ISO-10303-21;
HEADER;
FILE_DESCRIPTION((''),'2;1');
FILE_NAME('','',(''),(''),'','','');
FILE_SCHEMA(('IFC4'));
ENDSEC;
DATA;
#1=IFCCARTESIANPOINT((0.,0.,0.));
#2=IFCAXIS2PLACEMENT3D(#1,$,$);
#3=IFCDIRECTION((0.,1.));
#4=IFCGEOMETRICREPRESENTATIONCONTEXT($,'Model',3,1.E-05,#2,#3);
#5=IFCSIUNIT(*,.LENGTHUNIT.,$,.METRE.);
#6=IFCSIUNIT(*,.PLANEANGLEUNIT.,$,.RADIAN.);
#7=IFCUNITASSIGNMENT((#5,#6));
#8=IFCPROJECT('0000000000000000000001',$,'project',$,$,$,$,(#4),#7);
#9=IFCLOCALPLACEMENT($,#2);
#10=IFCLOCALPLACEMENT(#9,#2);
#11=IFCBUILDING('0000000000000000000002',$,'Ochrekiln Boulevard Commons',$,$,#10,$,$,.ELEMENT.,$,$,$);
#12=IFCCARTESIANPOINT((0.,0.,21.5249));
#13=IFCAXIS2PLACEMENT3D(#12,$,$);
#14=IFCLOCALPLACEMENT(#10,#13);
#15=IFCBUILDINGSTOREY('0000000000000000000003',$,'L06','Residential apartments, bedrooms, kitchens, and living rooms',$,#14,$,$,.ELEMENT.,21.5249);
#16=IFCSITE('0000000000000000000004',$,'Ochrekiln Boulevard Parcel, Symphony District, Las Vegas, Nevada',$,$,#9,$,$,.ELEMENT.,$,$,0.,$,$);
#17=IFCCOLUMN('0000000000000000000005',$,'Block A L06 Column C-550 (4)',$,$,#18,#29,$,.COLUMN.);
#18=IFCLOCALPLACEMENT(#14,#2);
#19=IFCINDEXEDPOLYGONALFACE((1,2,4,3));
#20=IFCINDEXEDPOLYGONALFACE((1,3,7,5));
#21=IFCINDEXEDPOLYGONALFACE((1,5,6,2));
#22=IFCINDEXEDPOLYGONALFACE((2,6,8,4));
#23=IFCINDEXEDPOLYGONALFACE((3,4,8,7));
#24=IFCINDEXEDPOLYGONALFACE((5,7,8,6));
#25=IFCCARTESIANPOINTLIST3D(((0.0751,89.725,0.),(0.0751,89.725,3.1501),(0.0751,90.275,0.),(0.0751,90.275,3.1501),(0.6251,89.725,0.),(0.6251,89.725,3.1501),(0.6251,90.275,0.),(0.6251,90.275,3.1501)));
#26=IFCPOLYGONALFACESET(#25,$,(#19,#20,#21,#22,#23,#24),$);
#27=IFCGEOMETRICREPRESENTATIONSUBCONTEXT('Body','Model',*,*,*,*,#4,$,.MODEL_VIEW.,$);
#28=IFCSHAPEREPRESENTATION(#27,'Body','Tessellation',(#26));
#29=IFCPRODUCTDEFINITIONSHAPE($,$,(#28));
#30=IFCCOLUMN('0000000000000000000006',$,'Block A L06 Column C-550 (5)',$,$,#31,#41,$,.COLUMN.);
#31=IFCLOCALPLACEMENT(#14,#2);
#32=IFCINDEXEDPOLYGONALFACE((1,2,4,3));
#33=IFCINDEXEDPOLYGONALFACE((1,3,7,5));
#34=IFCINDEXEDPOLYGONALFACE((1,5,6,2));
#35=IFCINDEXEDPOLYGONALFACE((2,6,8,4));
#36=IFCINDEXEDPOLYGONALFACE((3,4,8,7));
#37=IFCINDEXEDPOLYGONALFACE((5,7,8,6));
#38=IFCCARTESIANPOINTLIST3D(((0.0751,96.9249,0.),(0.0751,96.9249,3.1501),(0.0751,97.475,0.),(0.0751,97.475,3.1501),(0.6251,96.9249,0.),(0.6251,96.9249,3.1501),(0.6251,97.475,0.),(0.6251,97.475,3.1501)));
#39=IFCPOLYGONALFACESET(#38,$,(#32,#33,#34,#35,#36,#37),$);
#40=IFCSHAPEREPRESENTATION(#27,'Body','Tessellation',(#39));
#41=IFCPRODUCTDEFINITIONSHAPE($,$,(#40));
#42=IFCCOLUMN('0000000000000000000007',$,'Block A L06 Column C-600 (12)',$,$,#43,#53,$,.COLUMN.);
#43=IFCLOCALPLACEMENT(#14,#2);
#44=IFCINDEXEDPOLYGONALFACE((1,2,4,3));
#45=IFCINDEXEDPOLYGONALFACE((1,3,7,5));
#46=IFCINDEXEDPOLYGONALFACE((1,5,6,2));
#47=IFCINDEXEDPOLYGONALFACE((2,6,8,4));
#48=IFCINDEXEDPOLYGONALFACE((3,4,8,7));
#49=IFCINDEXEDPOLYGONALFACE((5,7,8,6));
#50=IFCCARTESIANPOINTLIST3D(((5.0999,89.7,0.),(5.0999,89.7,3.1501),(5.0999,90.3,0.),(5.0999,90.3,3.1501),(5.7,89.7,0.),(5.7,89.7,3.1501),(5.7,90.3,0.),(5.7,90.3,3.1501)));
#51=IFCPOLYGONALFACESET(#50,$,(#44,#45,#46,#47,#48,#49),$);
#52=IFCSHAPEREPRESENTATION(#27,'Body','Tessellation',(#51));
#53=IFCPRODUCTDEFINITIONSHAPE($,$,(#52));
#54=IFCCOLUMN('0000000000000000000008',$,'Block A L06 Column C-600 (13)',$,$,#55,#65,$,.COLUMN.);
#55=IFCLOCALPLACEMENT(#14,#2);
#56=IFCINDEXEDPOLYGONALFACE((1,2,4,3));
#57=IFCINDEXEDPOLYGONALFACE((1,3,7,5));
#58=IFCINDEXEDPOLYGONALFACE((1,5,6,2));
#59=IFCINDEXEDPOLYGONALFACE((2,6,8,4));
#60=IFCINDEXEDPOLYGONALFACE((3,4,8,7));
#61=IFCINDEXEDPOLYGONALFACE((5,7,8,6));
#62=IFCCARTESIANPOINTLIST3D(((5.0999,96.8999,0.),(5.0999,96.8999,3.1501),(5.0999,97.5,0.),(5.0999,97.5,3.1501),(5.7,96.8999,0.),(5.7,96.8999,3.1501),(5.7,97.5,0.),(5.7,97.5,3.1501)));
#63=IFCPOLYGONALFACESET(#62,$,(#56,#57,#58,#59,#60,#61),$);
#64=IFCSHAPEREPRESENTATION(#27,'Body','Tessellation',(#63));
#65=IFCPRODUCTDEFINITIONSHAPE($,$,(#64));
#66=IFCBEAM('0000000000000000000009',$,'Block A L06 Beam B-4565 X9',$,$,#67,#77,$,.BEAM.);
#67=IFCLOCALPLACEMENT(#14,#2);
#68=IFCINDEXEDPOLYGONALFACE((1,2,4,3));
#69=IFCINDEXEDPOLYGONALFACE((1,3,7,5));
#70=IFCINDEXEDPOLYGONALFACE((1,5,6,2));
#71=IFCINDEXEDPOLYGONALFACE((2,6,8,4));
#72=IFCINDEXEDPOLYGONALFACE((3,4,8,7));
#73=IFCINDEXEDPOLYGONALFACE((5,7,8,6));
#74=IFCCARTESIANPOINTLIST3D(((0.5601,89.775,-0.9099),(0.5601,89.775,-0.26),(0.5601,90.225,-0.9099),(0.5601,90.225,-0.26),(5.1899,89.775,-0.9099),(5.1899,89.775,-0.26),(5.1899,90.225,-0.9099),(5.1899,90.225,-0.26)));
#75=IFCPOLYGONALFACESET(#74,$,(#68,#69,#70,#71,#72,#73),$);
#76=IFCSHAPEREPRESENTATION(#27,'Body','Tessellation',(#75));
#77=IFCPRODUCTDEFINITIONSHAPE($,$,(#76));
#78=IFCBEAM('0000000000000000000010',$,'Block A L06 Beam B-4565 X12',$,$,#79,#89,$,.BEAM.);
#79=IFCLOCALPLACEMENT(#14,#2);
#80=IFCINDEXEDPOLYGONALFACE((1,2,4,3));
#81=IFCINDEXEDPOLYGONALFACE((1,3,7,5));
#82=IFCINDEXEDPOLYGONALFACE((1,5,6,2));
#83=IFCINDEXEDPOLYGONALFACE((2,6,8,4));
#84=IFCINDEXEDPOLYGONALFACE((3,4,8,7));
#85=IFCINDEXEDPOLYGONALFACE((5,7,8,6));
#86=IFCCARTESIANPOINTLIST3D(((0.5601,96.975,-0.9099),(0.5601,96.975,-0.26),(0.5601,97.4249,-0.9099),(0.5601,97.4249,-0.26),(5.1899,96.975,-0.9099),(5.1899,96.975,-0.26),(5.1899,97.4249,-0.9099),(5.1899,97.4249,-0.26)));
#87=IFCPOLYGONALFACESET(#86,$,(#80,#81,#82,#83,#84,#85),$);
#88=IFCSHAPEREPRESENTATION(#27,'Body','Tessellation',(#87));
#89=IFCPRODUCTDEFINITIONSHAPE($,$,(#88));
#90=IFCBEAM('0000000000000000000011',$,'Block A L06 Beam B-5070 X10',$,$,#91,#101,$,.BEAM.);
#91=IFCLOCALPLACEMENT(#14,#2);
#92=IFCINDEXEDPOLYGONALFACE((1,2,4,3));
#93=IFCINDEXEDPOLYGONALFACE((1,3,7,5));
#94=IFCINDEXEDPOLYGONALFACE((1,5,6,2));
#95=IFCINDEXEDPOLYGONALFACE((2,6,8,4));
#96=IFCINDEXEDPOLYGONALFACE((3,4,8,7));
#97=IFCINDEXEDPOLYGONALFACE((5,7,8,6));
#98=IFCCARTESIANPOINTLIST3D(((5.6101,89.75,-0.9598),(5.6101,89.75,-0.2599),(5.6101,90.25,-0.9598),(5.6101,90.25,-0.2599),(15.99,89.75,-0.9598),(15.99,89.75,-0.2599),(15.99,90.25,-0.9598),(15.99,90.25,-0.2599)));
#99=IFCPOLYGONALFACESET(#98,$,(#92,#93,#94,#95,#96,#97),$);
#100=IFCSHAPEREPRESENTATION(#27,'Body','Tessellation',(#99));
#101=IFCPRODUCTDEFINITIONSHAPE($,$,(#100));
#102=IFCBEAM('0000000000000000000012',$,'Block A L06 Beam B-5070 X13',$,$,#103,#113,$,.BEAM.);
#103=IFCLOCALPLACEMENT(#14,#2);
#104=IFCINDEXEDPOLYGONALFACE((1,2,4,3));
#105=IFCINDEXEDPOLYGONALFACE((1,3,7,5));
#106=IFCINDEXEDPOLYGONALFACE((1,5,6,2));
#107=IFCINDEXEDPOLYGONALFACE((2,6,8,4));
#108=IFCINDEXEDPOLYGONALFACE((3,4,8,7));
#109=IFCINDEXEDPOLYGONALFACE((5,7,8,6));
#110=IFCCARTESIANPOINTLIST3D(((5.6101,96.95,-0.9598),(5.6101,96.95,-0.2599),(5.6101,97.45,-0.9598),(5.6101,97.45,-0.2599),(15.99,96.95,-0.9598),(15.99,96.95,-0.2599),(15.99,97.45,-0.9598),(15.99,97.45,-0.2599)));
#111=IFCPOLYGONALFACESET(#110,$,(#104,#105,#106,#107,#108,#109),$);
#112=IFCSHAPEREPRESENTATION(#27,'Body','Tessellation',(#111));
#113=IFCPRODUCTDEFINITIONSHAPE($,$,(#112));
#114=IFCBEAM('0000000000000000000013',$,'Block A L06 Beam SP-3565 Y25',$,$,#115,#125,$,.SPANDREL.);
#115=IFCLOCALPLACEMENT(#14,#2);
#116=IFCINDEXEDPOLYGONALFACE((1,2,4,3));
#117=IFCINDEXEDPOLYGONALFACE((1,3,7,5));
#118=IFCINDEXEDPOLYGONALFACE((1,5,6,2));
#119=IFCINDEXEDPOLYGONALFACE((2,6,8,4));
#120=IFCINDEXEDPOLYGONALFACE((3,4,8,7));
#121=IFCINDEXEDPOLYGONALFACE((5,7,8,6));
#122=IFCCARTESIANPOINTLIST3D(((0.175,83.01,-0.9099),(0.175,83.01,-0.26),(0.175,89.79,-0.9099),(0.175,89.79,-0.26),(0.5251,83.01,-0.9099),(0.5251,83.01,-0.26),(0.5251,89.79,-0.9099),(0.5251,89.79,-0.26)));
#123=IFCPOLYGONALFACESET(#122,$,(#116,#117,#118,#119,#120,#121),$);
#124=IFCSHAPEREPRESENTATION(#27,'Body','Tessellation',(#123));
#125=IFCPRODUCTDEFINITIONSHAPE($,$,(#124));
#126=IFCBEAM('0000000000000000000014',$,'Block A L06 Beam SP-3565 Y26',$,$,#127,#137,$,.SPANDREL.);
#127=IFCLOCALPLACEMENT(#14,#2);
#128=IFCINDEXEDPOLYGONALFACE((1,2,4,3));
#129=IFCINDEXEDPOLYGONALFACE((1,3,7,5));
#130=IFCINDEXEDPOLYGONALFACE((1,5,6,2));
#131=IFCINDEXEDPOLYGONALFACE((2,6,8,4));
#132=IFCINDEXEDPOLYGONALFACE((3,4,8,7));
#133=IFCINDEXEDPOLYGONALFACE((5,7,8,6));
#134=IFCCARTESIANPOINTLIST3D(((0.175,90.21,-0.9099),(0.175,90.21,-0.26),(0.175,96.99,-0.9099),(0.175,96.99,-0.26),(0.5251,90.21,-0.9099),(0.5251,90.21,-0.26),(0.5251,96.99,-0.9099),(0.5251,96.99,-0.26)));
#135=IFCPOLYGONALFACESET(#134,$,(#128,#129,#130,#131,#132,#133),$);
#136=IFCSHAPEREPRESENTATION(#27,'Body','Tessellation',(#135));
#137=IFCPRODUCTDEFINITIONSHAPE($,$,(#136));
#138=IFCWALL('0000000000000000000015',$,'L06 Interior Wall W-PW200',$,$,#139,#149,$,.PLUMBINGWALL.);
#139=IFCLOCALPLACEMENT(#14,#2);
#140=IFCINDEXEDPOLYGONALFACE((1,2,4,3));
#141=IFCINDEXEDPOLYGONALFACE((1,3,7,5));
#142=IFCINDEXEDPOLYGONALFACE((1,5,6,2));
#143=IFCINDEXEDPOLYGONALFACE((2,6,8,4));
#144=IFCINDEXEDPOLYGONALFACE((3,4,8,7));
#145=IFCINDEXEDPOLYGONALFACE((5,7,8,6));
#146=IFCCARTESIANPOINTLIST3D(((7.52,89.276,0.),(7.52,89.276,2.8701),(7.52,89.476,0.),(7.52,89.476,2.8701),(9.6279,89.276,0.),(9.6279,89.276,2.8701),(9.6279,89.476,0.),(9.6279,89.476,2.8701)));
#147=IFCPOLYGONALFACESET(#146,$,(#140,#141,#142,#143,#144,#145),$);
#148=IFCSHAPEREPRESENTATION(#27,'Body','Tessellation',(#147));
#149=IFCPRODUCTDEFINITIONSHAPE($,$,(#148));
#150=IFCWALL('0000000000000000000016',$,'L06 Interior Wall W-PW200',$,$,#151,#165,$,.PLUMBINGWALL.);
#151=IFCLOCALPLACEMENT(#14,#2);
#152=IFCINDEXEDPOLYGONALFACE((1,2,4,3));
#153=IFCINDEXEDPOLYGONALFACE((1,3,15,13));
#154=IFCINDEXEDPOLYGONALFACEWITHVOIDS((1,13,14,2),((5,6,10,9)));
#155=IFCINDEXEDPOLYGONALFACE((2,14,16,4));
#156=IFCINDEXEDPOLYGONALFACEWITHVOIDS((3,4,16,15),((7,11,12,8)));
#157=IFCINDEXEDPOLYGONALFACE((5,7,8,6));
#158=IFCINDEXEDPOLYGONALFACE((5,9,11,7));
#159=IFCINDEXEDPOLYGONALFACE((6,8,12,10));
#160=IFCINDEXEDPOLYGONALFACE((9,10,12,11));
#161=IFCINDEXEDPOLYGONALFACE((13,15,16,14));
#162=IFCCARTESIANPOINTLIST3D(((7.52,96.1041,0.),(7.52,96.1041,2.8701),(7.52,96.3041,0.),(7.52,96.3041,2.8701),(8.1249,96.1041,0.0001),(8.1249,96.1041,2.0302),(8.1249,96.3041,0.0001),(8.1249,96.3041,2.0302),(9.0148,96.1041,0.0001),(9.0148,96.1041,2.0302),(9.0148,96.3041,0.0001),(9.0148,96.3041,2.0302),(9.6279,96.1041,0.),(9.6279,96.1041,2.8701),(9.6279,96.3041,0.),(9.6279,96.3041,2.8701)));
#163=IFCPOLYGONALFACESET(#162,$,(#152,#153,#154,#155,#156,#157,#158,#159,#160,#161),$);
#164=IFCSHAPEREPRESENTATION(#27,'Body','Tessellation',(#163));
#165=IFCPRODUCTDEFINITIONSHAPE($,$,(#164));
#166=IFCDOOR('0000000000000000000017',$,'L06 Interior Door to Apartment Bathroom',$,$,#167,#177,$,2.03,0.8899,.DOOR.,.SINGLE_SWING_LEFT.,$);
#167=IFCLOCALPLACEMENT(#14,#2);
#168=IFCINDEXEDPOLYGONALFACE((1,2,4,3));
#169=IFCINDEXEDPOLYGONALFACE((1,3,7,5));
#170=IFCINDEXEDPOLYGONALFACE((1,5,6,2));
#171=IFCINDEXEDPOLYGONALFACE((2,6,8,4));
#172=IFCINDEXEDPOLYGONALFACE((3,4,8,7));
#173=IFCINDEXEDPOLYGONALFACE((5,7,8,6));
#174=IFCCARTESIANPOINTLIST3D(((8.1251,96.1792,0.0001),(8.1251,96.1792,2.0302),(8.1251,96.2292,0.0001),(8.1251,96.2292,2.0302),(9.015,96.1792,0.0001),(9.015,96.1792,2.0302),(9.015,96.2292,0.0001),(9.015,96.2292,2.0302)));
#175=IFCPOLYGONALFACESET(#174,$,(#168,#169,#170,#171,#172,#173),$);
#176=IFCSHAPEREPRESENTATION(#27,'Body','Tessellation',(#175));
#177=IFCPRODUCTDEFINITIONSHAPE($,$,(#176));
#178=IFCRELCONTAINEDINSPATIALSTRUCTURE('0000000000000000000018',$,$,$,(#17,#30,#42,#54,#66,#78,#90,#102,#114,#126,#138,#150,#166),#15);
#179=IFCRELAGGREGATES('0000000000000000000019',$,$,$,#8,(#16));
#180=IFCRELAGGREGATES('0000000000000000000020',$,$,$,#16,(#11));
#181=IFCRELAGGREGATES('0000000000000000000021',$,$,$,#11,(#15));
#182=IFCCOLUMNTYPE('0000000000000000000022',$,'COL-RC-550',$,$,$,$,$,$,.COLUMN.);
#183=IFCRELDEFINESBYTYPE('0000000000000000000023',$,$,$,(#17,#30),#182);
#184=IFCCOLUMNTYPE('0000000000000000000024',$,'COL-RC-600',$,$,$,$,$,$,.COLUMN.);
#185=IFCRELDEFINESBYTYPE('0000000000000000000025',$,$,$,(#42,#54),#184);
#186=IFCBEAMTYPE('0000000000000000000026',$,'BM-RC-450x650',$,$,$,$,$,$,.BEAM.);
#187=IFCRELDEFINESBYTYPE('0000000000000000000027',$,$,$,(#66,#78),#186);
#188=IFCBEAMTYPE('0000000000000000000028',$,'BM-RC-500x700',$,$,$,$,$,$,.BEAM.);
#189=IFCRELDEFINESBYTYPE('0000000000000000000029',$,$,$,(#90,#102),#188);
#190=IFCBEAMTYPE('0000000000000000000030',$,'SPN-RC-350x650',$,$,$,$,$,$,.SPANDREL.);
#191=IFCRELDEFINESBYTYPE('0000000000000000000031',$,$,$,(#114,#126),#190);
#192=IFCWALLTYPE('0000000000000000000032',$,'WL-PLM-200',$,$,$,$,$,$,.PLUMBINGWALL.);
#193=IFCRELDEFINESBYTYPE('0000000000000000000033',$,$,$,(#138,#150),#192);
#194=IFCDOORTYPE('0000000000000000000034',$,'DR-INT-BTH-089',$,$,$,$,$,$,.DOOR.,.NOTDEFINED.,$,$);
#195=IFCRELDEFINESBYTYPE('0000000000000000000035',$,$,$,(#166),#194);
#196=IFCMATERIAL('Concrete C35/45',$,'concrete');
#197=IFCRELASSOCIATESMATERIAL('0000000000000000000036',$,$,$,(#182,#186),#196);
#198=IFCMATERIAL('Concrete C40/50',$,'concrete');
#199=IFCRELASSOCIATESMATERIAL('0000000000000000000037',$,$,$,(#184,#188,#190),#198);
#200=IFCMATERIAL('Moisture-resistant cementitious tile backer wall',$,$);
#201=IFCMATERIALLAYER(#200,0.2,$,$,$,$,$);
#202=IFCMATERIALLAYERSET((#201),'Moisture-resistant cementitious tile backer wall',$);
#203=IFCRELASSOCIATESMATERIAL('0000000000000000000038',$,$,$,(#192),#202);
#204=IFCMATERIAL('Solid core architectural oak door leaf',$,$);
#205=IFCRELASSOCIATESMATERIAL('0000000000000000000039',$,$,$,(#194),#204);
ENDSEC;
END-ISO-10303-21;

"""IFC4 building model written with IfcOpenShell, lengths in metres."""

from ifc_helpers import new_model, si_unit, direction, frame, frame_2d, origin, origin_2d, place, context, subcontext, project, spatial, rectangle, extrude, material, layer, layer_set, material_profile, profile_set, type_object, element, fill, save


model = new_model("IFC4")

# Units and contexts
model_context = context("Model", 3, precision=1e-05, world=origin(), true_north=direction((0.0, 1.0)))
body_context = subcontext(model_context, "Body", "Model", "MODEL_VIEW")
ifc_project = project(units=[si_unit("LENGTHUNIT", "METRE"), si_unit("PLANEANGLEUNIT", "RADIAN")], contexts=[model_context])

# Site, building, storey
site_placement = place(None, origin())
site = spatial("IfcSite", under=ifc_project, at=site_placement, Name="Ochrekiln Boulevard Parcel, Symphony District, Las Vegas, Nevada", CompositionType="ELEMENT", RefElevation=0.0)
building_placement = place(site_placement, origin())
building = spatial("IfcBuilding", under=site, at=building_placement, Name="Ochrekiln Boulevard Commons", CompositionType="ELEMENT")
storey_placement = place(building_placement, frame((0.0, 0.0, 21.5249)))
storey = spatial("IfcBuildingStorey", under=building, at=storey_placement, Name="L06", Description="Residential apartments, bedrooms, kitchens, and living rooms", CompositionType="ELEMENT", Elevation=21.5249)

# Columns
ifc_material_1 = material(Name="Concrete C35/45", Category="concrete")
ifc_material_profile_1 = material_profile(ifc_material_1, rectangle(XDim=0.55, YDim=0.55, at=origin_2d()), Name="RC-COL-550x550")
ifc_profile_set_1 = profile_set([ifc_material_profile_1], Name="Concrete C35/45")
column_type_1 = type_object("IfcColumnType", Name="COL-RC-550", PredefinedType="COLUMN", material=ifc_profile_set_1)
for number, where, z_axis, x_axis, name in (
    (1, (0.3501, 90.0, 0.0), (0.0, 0.0, 1.0), (1.0, 0.0, 0.0), "Block A L06 Column C-550 (4)"),
    (2, (0.3501, 97.2, 0.0), (0.0, 0.0, 1.0), (1.0, 0.0, 0.0), "Block A L06 Column C-550 (5)"),
):
    element("IfcColumn", number, at=place(storey_placement, frame(where, z_axis=z_axis, x_axis=x_axis)), inside=storey, type_object=column_type_1, Name=name, PredefinedType="COLUMN", context=body_context, shape_type="SweptSolid", body=[
        extrude(rectangle(XDim=0.55, YDim=0.55, at=origin_2d()), origin(), (0.0, 0.0, 1.0), 3.1501),
    ])
ifc_material_2 = material(Name="Concrete C40/50", Category="concrete")
ifc_material_profile_2 = material_profile(ifc_material_2, rectangle(XDim=0.6001, YDim=0.6001, at=origin_2d()), Name="RC-COL-600x600")
ifc_profile_set_2 = profile_set([ifc_material_profile_2], Name="Concrete C40/50")
column_type_2 = type_object("IfcColumnType", Name="COL-RC-600", PredefinedType="COLUMN", material=ifc_profile_set_2)
for number, where, z_axis, x_axis, name in (
    (3, (5.3999, 90.0, 0.0), (0.0, 0.0, 1.0), (1.0, 0.0, 0.0), "Block A L06 Column C-600 (12)"),
    (4, (5.3999, 97.2, 0.0), (0.0, 0.0, 1.0), (1.0, 0.0, 0.0), "Block A L06 Column C-600 (13)"),
):
    element("IfcColumn", number, at=place(storey_placement, frame(where, z_axis=z_axis, x_axis=x_axis)), inside=storey, type_object=column_type_2, Name=name, PredefinedType="COLUMN", context=body_context, shape_type="SweptSolid", body=[
        extrude(rectangle(XDim=0.6001, YDim=0.6001, at=origin_2d()), origin(), (0.0, 0.0, 1.0), 3.1501),
    ])

# Beams
ifc_material_profile_3 = material_profile(ifc_material_1, rectangle(XDim=0.45, YDim=0.6499, at=origin_2d()), Name="RC-BM-450x650")
ifc_profile_set_3 = profile_set([ifc_material_profile_3], Name="Concrete C35/45")
beam_type_1 = type_object("IfcBeamType", Name="BM-RC-450x650", PredefinedType="BEAM", material=ifc_profile_set_3)
for number, where, z_axis, x_axis, name in (
    (5, (0.5601, 90.0, -0.585), (1.0, 0.0, 0.0), (0.0, 1.0, 0.0), "Block A L06 Beam B-4565 X9"),
    (6, (0.5601, 97.2, -0.585), (1.0, 0.0, 0.0), (0.0, 1.0, 0.0), "Block A L06 Beam B-4565 X12"),
):
    element("IfcBeam", number, at=place(storey_placement, frame(where, z_axis=z_axis, x_axis=x_axis)), inside=storey, type_object=beam_type_1, Name=name, PredefinedType="BEAM", context=body_context, shape_type="SweptSolid", body=[
        extrude(rectangle(XDim=0.45, YDim=0.6499, at=origin_2d()), origin(), (0.0, 0.0, 1.0), 4.6299),
    ])
ifc_material_profile_4 = material_profile(ifc_material_2, rectangle(XDim=0.5, YDim=0.7, at=origin_2d()), Name="RC-BM-500x700")
ifc_profile_set_4 = profile_set([ifc_material_profile_4], Name="Concrete C40/50")
beam_type_2 = type_object("IfcBeamType", Name="BM-RC-500x700", PredefinedType="BEAM", material=ifc_profile_set_4)
for number, where, z_axis, x_axis, name in (
    (7, (5.6101, 90.0, -0.6099), (1.0, 0.0, 0.0), (0.0, 1.0, 0.0), "Block A L06 Beam B-5070 X10"),
    (8, (5.6101, 97.2, -0.6099), (1.0, 0.0, 0.0), (0.0, 1.0, 0.0), "Block A L06 Beam B-5070 X13"),
):
    element("IfcBeam", number, at=place(storey_placement, frame(where, z_axis=z_axis, x_axis=x_axis)), inside=storey, type_object=beam_type_2, Name=name, PredefinedType="BEAM", context=body_context, shape_type="SweptSolid", body=[
        extrude(rectangle(XDim=0.5, YDim=0.7, at=origin_2d()), origin(), (0.0, 0.0, 1.0), 10.3799),
    ])
ifc_material_profile_5 = material_profile(ifc_material_2, rectangle(XDim=0.3501, YDim=0.6499, at=origin_2d()), Name="RC-SPN-350x650")
ifc_profile_set_5 = profile_set([ifc_material_profile_5], Name="Concrete C40/50")
beam_type_3 = type_object("IfcBeamType", Name="SPN-RC-350x650", PredefinedType="SPANDREL", material=ifc_profile_set_5)
for number, where, z_axis, x_axis, name in (
    (9, (0.3501, 83.01, -0.585), (0.0, 1.0, 0.0), (-1.0, 0.0, 0.0), "Block A L06 Beam SP-3565 Y25"),
    (10, (0.3501, 90.21, -0.585), (0.0, 1.0, 0.0), (-1.0, 0.0, 0.0), "Block A L06 Beam SP-3565 Y26"),
):
    element("IfcBeam", number, at=place(storey_placement, frame(where, z_axis=z_axis, x_axis=x_axis)), inside=storey, type_object=beam_type_3, Name=name, PredefinedType="SPANDREL", context=body_context, shape_type="SweptSolid", body=[
        extrude(rectangle(XDim=0.3501, YDim=0.6499, at=origin_2d()), origin(), (0.0, 0.0, 1.0), 6.78),
    ])

# Wall
ifc_material_3 = material(Name="Moisture-resistant cementitious tile backer wall")
ifc_layer_1 = layer(ifc_material_3, 0.2)
ifc_layer_set_1 = layer_set([ifc_layer_1], Name="Moisture-resistant cementitious tile backer wall")
wall_type_1 = type_object("IfcWallType", Name="WL-PLM-200", PredefinedType="PLUMBINGWALL", material=ifc_layer_set_1)
wall_1_placement = place(storey_placement, frame((7.52, 89.376, 0.0), z_axis=(0.0, 0.0, 1.0), x_axis=(1.0, 0.0, 0.0)))
element("IfcWall", 11, at=wall_1_placement, inside=storey, type_object=wall_type_1, Name="L06 Interior Wall W-PW200", PredefinedType="PLUMBINGWALL", context=body_context, shape_type="SweptSolid", body=[
    extrude(rectangle(XDim=2.1079, YDim=0.2, at=frame_2d((1.054, 0.0))), origin(), (0.0, 0.0, 1.0), 2.8701),
])

# Wall, opening, door
wall_2_placement = place(storey_placement, frame((7.52, 96.2041, 0.0), z_axis=(0.0, 0.0, 1.0), x_axis=(1.0, 0.0, 0.0)))
wall_2 = element("IfcWall", 12, at=wall_2_placement, inside=storey, type_object=wall_type_1, Name="L06 Interior Wall W-PW200", PredefinedType="PLUMBINGWALL", context=body_context, shape_type="SweptSolid", body=[
    extrude(rectangle(XDim=2.1079, YDim=0.2, at=frame_2d((1.054, 0.0))), origin(), (0.0, 0.0, 1.0), 2.8701),
])
opening_1_placement = place(wall_2_placement, frame((0.605, 0.0, 0.0)))
opening_1 = element("IfcOpeningElement", 13, at=opening_1_placement, cuts=wall_2, PredefinedType="OPENING", context=body_context, shape_type="SweptSolid", body=[
    extrude(rectangle(XDim=0.8899, YDim=2.03, at=frame_2d((0.4448, 1.0151))), frame((0.0, 0.1099, 0.0), z_axis=(0.0, -1.0, 0.0), x_axis=(1.0, 0.0, 0.0)), (0.0, 0.0, 1.0), 0.22),
])
ifc_material_4 = material(Name="Solid core architectural oak door leaf")
door_type_1 = type_object("IfcDoorType", Name="DR-INT-BTH-089", OperationType="NOTDEFINED", PredefinedType="DOOR", material=ifc_material_4)
door_1_placement = place(opening_1_placement, frame((0.8899, 0.0, 0.0), z_axis=(0.0, 0.0, 1.0), x_axis=(-1.0, 0.0, 0.0)))
door_1 = element("IfcDoor", 14, at=door_1_placement, inside=storey, type_object=door_type_1, Name="L06 Interior Door to Apartment Bathroom", OperationType="SINGLE_SWING_LEFT", OverallHeight=2.03, OverallWidth=0.8899, PredefinedType="DOOR", context=body_context, shape_type="SweptSolid", body=[
    extrude(rectangle(XDim=0.8899, YDim=2.03, at=frame_2d((0.4448, 1.0151))), frame((0.0, 0.0249, 0.0), z_axis=(0.0, -1.0, 0.0), x_axis=(1.0, 0.0, 0.0)), (0.0, 0.0, 1.0), 0.05),
])
fill(opening_1, door_1)

save(model, "model.ifc")
